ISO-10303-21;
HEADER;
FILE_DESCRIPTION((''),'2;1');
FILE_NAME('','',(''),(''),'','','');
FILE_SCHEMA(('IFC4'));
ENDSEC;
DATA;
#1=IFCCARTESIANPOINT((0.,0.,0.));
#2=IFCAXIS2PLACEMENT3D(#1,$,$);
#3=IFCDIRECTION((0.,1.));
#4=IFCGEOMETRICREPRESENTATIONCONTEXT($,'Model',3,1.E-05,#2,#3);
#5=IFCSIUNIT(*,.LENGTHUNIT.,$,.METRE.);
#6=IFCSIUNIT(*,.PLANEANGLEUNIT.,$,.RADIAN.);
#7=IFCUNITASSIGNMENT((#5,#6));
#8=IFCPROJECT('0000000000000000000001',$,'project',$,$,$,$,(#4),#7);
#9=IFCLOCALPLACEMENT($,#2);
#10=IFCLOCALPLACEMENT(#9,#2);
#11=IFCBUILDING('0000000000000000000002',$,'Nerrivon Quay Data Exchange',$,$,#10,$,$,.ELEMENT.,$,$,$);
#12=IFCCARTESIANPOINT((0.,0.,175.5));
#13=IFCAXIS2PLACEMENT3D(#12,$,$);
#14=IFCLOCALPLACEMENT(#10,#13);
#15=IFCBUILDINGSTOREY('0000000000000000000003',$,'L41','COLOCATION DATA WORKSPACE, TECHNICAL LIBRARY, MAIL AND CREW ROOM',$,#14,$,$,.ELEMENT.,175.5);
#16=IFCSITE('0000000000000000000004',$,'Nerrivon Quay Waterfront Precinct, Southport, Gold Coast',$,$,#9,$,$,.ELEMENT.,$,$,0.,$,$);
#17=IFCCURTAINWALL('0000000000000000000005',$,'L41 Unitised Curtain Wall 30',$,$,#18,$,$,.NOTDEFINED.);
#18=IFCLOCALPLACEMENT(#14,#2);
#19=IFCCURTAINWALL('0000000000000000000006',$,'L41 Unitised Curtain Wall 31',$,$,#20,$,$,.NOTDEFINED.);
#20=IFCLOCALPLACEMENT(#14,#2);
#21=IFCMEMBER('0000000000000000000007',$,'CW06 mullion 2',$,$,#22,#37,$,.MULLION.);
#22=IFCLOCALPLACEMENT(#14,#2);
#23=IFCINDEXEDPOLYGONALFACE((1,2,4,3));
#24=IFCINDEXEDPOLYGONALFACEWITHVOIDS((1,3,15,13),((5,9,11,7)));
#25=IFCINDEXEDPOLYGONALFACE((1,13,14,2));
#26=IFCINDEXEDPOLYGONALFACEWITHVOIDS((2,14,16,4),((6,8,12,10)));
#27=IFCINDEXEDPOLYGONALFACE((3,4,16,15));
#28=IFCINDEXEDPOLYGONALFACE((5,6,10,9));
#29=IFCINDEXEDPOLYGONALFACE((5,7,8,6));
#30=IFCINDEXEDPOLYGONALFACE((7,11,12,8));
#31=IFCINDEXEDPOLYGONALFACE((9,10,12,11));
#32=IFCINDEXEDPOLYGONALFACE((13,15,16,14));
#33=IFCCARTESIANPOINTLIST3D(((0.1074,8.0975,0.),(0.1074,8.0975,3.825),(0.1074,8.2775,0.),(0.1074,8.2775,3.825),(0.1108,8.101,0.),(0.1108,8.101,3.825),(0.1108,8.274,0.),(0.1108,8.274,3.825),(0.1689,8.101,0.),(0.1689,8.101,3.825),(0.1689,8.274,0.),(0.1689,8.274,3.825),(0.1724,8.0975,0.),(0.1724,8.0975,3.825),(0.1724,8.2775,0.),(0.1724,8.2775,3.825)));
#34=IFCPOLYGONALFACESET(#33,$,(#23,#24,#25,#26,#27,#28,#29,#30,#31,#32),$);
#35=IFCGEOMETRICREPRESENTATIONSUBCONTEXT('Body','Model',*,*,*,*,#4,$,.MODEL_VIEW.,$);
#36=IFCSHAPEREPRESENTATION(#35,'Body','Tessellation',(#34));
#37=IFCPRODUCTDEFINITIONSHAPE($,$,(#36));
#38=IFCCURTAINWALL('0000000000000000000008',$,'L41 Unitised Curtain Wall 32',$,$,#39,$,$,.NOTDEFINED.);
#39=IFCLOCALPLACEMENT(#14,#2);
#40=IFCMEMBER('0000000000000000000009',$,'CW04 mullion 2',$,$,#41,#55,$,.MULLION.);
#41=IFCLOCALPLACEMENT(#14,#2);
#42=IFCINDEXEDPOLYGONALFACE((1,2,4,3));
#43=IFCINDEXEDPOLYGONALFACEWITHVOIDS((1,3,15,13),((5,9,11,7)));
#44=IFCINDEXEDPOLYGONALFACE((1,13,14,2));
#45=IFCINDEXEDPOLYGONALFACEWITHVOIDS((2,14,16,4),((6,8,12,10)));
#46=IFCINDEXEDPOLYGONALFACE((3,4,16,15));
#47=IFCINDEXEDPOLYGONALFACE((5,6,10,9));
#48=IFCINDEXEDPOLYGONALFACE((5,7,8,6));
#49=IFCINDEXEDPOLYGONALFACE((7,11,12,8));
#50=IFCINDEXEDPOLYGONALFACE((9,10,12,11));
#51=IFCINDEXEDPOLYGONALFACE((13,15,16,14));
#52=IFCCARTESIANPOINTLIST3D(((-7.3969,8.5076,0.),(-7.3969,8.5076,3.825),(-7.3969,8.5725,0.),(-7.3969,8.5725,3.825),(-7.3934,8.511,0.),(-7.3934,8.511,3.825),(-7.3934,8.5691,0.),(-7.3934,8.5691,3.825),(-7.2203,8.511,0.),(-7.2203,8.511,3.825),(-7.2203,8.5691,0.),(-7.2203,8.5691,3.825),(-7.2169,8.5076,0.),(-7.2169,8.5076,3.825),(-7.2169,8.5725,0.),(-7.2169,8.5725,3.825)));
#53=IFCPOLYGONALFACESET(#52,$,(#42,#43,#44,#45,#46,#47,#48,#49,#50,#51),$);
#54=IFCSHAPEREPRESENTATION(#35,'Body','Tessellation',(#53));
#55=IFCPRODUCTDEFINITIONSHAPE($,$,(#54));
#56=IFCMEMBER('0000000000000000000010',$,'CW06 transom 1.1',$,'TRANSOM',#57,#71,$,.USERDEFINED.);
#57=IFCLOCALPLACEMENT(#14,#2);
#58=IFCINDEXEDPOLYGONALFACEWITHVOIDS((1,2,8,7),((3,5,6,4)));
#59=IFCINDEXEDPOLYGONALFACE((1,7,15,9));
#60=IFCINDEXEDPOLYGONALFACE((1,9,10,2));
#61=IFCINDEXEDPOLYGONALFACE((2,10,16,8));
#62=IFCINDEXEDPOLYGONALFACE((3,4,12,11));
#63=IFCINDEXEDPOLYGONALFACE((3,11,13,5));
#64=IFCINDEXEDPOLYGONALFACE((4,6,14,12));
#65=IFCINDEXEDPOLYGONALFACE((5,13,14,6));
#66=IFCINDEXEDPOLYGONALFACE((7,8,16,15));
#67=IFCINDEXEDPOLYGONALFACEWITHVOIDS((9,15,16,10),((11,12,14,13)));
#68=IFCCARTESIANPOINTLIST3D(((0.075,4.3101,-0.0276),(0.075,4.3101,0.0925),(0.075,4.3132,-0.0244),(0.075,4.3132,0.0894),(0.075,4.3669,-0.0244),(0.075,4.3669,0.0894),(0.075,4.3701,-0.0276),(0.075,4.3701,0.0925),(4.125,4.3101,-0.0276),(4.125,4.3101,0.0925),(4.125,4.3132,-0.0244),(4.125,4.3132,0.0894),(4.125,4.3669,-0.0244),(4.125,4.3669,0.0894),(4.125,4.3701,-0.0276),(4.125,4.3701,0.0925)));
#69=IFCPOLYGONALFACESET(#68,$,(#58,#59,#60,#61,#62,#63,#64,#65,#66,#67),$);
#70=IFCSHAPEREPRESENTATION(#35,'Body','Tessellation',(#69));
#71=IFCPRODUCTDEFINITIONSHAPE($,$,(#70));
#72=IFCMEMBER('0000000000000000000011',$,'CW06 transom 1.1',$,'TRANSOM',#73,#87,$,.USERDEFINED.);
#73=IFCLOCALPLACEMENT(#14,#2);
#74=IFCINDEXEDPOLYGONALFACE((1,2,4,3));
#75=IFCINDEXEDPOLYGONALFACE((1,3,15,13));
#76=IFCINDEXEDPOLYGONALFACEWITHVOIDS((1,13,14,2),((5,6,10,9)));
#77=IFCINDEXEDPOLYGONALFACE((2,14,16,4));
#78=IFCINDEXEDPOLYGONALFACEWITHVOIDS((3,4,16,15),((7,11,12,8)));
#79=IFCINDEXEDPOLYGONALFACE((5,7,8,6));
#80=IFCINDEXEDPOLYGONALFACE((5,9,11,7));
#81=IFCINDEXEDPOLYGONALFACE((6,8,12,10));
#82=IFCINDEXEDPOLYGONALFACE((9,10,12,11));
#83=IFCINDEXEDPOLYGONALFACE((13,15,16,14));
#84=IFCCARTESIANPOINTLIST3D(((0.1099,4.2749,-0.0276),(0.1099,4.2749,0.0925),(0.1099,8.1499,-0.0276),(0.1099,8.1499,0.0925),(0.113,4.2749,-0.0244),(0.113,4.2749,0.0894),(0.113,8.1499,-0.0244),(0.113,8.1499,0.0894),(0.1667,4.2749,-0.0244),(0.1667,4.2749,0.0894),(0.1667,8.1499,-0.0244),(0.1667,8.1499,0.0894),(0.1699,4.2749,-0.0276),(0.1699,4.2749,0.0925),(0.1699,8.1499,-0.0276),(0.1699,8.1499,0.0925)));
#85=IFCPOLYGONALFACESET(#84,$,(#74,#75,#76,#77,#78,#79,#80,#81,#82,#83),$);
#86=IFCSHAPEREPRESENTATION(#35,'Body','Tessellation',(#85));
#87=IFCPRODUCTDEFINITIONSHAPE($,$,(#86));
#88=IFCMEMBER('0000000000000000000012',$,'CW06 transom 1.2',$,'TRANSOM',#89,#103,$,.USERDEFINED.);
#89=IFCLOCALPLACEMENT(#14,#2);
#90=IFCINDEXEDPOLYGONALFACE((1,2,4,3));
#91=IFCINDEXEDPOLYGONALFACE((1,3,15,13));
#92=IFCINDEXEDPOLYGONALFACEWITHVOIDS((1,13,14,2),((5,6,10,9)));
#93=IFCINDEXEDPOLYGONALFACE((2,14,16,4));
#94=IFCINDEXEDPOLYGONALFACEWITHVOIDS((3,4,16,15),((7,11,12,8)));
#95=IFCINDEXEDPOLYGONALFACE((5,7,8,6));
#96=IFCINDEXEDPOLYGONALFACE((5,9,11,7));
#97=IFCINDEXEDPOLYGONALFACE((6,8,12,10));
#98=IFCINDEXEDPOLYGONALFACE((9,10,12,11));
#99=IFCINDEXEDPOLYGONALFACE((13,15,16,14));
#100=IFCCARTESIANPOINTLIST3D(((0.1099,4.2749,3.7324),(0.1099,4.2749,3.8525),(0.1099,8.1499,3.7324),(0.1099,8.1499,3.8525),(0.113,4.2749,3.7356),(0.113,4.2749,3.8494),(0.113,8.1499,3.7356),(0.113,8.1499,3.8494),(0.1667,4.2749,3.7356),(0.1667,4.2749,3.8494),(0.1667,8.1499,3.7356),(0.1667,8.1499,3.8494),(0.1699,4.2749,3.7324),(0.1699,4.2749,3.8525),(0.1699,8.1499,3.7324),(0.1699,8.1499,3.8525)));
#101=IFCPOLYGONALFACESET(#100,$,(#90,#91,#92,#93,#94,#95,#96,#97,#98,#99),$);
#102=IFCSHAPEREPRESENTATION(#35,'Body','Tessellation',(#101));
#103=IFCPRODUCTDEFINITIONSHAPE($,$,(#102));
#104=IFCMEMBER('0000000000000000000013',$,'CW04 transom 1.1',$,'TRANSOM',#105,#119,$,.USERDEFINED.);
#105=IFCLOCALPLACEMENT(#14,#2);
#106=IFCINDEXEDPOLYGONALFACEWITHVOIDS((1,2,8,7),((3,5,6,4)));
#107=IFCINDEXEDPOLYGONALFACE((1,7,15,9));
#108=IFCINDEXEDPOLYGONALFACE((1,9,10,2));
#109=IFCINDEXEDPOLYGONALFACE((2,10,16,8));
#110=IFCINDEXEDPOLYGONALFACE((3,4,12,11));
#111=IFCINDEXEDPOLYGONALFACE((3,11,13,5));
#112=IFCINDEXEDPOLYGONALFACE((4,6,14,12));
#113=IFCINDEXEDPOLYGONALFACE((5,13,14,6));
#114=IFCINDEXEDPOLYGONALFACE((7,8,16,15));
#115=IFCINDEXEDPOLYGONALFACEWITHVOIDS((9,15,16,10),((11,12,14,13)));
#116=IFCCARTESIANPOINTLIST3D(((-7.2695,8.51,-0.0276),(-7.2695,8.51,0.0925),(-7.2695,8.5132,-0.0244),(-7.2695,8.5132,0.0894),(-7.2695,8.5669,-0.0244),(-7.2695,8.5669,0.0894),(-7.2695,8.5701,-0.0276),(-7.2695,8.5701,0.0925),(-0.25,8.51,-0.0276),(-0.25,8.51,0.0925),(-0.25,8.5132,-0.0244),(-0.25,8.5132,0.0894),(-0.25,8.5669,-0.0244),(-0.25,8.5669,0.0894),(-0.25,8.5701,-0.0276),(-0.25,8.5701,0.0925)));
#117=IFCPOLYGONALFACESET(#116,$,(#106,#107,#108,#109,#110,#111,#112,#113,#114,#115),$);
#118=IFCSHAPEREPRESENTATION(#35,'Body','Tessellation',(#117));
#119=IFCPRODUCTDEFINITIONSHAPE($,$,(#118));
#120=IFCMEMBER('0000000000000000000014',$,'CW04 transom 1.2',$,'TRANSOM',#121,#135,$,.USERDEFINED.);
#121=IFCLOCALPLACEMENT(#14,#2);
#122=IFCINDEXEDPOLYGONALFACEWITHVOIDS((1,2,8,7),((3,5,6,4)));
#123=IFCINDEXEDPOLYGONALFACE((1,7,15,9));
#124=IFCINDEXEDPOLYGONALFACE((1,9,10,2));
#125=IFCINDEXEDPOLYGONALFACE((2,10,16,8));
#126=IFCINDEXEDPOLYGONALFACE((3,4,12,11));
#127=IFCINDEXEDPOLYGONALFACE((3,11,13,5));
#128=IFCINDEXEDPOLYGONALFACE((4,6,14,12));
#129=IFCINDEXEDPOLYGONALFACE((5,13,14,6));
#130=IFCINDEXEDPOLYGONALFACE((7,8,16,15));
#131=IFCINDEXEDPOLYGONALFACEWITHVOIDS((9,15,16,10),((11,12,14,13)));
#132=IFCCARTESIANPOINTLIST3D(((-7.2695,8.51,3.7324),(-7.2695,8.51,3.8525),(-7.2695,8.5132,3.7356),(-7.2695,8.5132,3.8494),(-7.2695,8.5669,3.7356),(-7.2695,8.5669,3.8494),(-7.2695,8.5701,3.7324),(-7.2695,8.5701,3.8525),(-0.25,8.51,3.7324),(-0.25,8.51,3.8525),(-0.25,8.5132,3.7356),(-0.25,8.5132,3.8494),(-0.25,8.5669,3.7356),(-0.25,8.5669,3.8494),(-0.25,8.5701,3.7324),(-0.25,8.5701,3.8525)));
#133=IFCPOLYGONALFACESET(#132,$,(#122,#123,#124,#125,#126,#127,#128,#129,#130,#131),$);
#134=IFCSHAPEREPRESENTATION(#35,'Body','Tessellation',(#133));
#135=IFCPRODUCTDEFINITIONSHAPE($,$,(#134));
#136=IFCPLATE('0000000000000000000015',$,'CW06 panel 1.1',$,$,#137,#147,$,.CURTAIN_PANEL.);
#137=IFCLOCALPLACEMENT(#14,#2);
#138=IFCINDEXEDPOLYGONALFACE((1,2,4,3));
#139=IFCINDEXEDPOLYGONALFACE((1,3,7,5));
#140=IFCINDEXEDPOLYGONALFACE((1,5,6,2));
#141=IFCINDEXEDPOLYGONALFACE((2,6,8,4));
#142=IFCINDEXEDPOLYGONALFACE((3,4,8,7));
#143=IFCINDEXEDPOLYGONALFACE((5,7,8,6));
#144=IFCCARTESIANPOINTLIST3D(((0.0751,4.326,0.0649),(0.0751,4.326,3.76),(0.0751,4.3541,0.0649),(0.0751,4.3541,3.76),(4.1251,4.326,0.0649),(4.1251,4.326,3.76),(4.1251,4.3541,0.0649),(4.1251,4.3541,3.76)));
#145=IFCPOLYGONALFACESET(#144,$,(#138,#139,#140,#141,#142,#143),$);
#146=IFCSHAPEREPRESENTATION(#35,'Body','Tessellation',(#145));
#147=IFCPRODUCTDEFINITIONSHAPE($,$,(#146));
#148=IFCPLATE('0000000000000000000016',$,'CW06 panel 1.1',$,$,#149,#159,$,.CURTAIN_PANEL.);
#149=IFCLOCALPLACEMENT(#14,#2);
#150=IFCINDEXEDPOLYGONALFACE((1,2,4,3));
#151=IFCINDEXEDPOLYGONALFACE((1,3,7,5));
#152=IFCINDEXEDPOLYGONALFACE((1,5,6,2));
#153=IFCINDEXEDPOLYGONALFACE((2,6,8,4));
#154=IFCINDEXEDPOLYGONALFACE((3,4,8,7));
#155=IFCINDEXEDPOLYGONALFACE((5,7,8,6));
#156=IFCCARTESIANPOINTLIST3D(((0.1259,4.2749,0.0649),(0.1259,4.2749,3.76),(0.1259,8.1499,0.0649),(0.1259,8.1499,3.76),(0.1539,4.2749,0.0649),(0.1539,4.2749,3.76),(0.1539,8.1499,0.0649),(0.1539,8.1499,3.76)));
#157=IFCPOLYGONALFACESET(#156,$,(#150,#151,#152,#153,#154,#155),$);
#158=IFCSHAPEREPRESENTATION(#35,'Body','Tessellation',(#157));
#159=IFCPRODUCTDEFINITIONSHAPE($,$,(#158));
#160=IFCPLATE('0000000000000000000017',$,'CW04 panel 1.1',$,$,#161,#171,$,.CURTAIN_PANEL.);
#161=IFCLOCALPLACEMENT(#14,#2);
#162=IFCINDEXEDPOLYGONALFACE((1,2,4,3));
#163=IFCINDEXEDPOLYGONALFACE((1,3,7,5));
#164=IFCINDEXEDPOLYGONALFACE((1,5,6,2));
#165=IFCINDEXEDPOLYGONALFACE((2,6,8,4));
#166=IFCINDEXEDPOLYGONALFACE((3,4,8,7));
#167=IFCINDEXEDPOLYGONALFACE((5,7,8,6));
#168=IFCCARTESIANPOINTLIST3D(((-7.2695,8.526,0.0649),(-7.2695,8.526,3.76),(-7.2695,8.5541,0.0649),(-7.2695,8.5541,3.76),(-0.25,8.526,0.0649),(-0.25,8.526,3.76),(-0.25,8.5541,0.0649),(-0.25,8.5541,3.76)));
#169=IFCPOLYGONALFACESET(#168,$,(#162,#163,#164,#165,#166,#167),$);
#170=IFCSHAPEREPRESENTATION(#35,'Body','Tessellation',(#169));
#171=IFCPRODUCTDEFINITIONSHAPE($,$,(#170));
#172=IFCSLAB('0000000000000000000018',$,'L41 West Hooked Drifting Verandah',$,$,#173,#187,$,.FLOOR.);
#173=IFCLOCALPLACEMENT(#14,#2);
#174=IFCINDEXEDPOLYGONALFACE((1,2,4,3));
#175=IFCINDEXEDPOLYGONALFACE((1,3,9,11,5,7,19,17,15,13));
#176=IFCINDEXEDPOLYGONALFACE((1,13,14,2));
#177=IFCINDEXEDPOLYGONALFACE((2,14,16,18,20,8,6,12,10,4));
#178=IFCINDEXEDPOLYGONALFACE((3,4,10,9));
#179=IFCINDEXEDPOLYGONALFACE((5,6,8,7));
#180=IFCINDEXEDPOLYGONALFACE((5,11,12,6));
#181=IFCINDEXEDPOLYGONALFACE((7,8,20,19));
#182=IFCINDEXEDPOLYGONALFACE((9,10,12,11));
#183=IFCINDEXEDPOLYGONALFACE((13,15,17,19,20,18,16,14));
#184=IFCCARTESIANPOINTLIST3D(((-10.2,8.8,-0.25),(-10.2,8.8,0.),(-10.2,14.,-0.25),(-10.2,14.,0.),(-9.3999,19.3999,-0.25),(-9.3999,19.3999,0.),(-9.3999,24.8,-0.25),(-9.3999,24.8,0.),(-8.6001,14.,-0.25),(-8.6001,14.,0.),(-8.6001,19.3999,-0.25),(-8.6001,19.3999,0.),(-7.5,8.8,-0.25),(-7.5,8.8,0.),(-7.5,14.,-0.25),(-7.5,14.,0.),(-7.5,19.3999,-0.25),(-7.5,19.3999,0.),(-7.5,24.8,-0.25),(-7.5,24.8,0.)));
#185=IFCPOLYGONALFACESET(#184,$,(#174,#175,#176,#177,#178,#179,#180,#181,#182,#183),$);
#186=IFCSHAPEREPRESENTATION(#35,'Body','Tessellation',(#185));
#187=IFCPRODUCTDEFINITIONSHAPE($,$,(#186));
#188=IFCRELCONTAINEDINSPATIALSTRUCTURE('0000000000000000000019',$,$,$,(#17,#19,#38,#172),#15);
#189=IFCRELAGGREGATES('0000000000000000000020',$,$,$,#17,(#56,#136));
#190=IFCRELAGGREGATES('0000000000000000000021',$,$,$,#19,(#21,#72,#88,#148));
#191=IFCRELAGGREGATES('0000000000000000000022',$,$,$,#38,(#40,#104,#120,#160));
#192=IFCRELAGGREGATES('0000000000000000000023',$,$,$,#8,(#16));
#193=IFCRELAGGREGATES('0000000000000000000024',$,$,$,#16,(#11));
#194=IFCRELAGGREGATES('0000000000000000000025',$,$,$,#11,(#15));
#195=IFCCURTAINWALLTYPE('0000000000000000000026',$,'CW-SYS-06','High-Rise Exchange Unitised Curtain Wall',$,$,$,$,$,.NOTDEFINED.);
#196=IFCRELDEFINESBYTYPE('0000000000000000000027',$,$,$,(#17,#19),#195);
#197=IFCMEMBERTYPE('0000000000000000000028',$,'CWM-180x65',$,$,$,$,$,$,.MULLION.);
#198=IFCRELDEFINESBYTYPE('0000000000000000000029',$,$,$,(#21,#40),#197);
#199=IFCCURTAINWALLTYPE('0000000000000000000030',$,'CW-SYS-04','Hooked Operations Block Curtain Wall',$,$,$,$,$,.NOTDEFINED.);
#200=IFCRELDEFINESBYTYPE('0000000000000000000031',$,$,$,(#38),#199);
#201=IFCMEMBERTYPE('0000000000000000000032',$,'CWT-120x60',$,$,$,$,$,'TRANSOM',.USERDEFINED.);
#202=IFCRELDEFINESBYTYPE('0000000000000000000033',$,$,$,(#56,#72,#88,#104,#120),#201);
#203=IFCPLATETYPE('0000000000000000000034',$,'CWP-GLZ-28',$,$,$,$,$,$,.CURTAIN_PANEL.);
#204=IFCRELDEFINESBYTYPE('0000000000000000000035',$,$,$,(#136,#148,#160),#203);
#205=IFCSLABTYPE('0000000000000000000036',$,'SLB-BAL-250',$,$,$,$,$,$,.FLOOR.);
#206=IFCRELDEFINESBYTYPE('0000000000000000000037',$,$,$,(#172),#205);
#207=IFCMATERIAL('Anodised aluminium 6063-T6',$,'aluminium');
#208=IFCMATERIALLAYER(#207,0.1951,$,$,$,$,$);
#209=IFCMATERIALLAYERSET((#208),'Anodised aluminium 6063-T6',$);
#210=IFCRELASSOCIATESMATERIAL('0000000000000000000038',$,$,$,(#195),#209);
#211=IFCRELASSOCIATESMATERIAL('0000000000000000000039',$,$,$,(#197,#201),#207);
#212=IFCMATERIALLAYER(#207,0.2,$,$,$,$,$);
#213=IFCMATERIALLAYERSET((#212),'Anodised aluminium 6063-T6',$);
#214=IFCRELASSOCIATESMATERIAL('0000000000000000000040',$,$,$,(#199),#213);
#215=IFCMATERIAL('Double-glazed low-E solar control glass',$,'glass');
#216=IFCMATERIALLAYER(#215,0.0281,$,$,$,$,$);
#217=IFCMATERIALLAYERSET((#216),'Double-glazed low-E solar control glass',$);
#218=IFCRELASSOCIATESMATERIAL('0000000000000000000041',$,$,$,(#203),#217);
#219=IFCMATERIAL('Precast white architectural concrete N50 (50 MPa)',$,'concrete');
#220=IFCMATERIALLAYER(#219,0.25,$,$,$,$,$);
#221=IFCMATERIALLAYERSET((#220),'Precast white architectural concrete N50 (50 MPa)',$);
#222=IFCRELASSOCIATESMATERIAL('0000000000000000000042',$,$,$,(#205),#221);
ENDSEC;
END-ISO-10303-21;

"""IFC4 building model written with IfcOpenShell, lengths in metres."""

from ifc_helpers import new_model, si_unit, direction, frame, origin, origin_2d, place, context, subcontext, project, spatial, polyline, rectangle, hollow_rectangle, outline, extrude, material, layer, layer_set, material_profile, profile_set, type_object, element, aggregate, save


model = new_model("IFC4")

# Units and contexts
model_context = context("Model", 3, precision=1e-05, world=origin(), true_north=direction((0.0, 1.0)))
body_context = subcontext(model_context, "Body", "Model", "MODEL_VIEW")
ifc_project = project(units=[si_unit("LENGTHUNIT", "METRE"), si_unit("PLANEANGLEUNIT", "RADIAN")], contexts=[model_context])

# Site, building, storey
site_placement = place(None, origin())
site = spatial("IfcSite", under=ifc_project, at=site_placement, Name="Nerrivon Quay Waterfront Precinct, Southport, Gold Coast", CompositionType="ELEMENT", RefElevation=0.0)
building_placement = place(site_placement, origin())
building = spatial("IfcBuilding", under=site, at=building_placement, Name="Nerrivon Quay Data Exchange", CompositionType="ELEMENT")
storey_placement = place(building_placement, frame((0.0, 0.0, 175.5)))
storey = spatial("IfcBuildingStorey", under=building, at=storey_placement, Name="L41", Description="COLOCATION DATA WORKSPACE, TECHNICAL LIBRARY, MAIL AND CREW ROOM", CompositionType="ELEMENT", Elevation=175.5)

# Curtain wall
ifc_material_1 = material(Name="Anodised aluminium 6063-T6", Category="aluminium")
ifc_layer_1 = layer(ifc_material_1, 0.1951)
ifc_layer_set_1 = layer_set([ifc_layer_1], Name="Anodised aluminium 6063-T6")
curtain_wall_type_1 = type_object("IfcCurtainWallType", Name="CW-SYS-06", Description="High-Rise Exchange Unitised Curtain Wall", PredefinedType="NOTDEFINED", material=ifc_layer_set_1)
curtain_wall_1_placement = place(storey_placement, origin())
curtain_wall_1 = element("IfcCurtainWall", 1, at=curtain_wall_1_placement, inside=storey, type_object=curtain_wall_type_1, Name="L41 Unitised Curtain Wall 30", PredefinedType="NOTDEFINED")
ifc_material_profile_1 = material_profile(ifc_material_1, hollow_rectangle(XDim=0.0649, YDim=0.1799, WallThickness=0.0034, at=origin_2d()), Name="ALU-MULL-180x65")
ifc_profile_set_1 = profile_set([ifc_material_profile_1], Name="Anodised aluminium 6063-T6")
member_type_1 = type_object("IfcMemberType", Name="CWM-180x65", PredefinedType="MULLION", material=ifc_profile_set_1)

# Curtain wall, member
curtain_wall_2_placement = place(storey_placement, origin())
curtain_wall_2 = element("IfcCurtainWall", 2, at=curtain_wall_2_placement, inside=storey, type_object=curtain_wall_type_1, Name="L41 Unitised Curtain Wall 31", PredefinedType="NOTDEFINED")
member_1_placement = place(storey_placement, frame((0.1399, 8.1875, 0.0), z_axis=(0.0, 0.0, 1.0), x_axis=(-1.0, 0.0, 0.0)))
member_1 = element("IfcMember", 3, at=member_1_placement, type_object=member_type_1, Name="CW06 mullion 2", PredefinedType="MULLION", context=body_context, shape_type="SweptSolid", body=[
    extrude(hollow_rectangle(XDim=0.0649, YDim=0.1799, WallThickness=0.0034, at=origin_2d()), origin(), (0.0, 0.0, 1.0), 3.825),
])

# Curtain wall, member
ifc_layer_2 = layer(ifc_material_1, 0.2)
ifc_layer_set_2 = layer_set([ifc_layer_2], Name="Anodised aluminium 6063-T6")
curtain_wall_type_2 = type_object("IfcCurtainWallType", Name="CW-SYS-04", Description="Hooked Operations Block Curtain Wall", PredefinedType="NOTDEFINED", material=ifc_layer_set_2)
curtain_wall_3_placement = place(storey_placement, origin())
curtain_wall_3 = element("IfcCurtainWall", 4, at=curtain_wall_3_placement, inside=storey, type_object=curtain_wall_type_2, Name="L41 Unitised Curtain Wall 32", PredefinedType="NOTDEFINED")
member_2_placement = place(storey_placement, frame((-7.3069, 8.54, 0.0), z_axis=(0.0, 0.0, 1.0), x_axis=(0.0, -1.0, 0.0)))
member_2 = element("IfcMember", 5, at=member_2_placement, type_object=member_type_1, Name="CW04 mullion 2", PredefinedType="MULLION", context=body_context, shape_type="SweptSolid", body=[
    extrude(hollow_rectangle(XDim=0.0649, YDim=0.1799, WallThickness=0.0034, at=origin_2d()), origin(), (0.0, 0.0, 1.0), 3.825),
])

# Members
ifc_material_profile_2 = material_profile(ifc_material_1, hollow_rectangle(XDim=0.0601, YDim=0.1201, WallThickness=0.0032, at=origin_2d()), Name="ALU-TRAN-120x60")
ifc_profile_set_2 = profile_set([ifc_material_profile_2], Name="Anodised aluminium 6063-T6")
member_type_2 = type_object("IfcMemberType", Name="CWT-120x60", ElementType="TRANSOM", PredefinedType="USERDEFINED", material=ifc_profile_set_2)
member_3_placement = place(storey_placement, frame((4.125, 4.3401, 0.0325), z_axis=(-1.0, 0.0, 0.0), x_axis=(0.0, -1.0, 0.0)))
member_3 = element("IfcMember", 6, at=member_3_placement, type_object=member_type_2, Name="CW06 transom 1.1", ObjectType="TRANSOM", PredefinedType="USERDEFINED", context=body_context, shape_type="SweptSolid", body=[
    extrude(hollow_rectangle(XDim=0.0601, YDim=0.1201, WallThickness=0.0032, at=origin_2d()), origin(), (0.0, 0.0, 1.0), 4.05),
])
member_4_placement = place(storey_placement, frame((0.1399, 4.2749, 0.0325), z_axis=(0.0, 1.0, 0.0), x_axis=(-1.0, 0.0, 0.0)))
member_4 = element("IfcMember", 7, at=member_4_placement, type_object=member_type_2, Name="CW06 transom 1.1", ObjectType="TRANSOM", PredefinedType="USERDEFINED", context=body_context, shape_type="SweptSolid", body=[
    extrude(hollow_rectangle(XDim=0.0601, YDim=0.1201, WallThickness=0.0032, at=origin_2d()), origin(), (0.0, 0.0, 1.0), 3.875),
])
member_5_placement = place(storey_placement, frame((0.1399, 4.2749, 3.7925), z_axis=(0.0, 1.0, 0.0), x_axis=(-1.0, 0.0, 0.0)))
member_5 = element("IfcMember", 8, at=member_5_placement, type_object=member_type_2, Name="CW06 transom 1.2", ObjectType="TRANSOM", PredefinedType="USERDEFINED", context=body_context, shape_type="SweptSolid", body=[
    extrude(hollow_rectangle(XDim=0.0601, YDim=0.1201, WallThickness=0.0032, at=origin_2d()), origin(), (0.0, 0.0, 1.0), 3.875),
])
member_6_placement = place(storey_placement, frame((-0.25, 8.54, 0.0325), z_axis=(-1.0, 0.0, 0.0), x_axis=(0.0, -1.0, 0.0)))
member_6 = element("IfcMember", 9, at=member_6_placement, type_object=member_type_2, Name="CW04 transom 1.1", ObjectType="TRANSOM", PredefinedType="USERDEFINED", context=body_context, shape_type="SweptSolid", body=[
    extrude(hollow_rectangle(XDim=0.0601, YDim=0.1201, WallThickness=0.0032, at=origin_2d()), origin(), (0.0, 0.0, 1.0), 7.0195),
])
member_7_placement = place(storey_placement, frame((-0.25, 8.54, 3.7925), z_axis=(-1.0, 0.0, 0.0), x_axis=(0.0, -1.0, 0.0)))
member_7 = element("IfcMember", 10, at=member_7_placement, type_object=member_type_2, Name="CW04 transom 1.2", ObjectType="TRANSOM", PredefinedType="USERDEFINED", context=body_context, shape_type="SweptSolid", body=[
    extrude(hollow_rectangle(XDim=0.0601, YDim=0.1201, WallThickness=0.0032, at=origin_2d()), origin(), (0.0, 0.0, 1.0), 7.0195),
])

# Plates
ifc_material_2 = material(Name="Double-glazed low-E solar control glass", Category="glass")
ifc_layer_3 = layer(ifc_material_2, 0.0281)
ifc_layer_set_3 = layer_set([ifc_layer_3], Name="Double-glazed low-E solar control glass")
plate_type = type_object("IfcPlateType", Name="CWP-GLZ-28", PredefinedType="CURTAIN_PANEL", material=ifc_layer_set_3)
plate_1_placement = place(storey_placement, frame((2.1001, 4.3401, 0.0649), z_axis=(0.0, 0.0, 1.0), x_axis=(-1.0, 0.0, 0.0)))
plate_1 = element("IfcPlate", 11, at=plate_1_placement, type_object=plate_type, Name="CW06 panel 1.1", PredefinedType="CURTAIN_PANEL", context=body_context, shape_type="SweptSolid", body=[
    extrude(rectangle(XDim=4.05, YDim=0.0281, at=origin_2d()), origin(), (0.0, 0.0, 1.0), 3.6951),
])
aggregate(curtain_wall_1, [member_3, plate_1])
plate_2_placement = place(storey_placement, frame((0.1399, 6.2124, 0.0649), z_axis=(0.0, 0.0, 1.0), x_axis=(0.0, 1.0, 0.0)))
plate_2 = element("IfcPlate", 12, at=plate_2_placement, type_object=plate_type, Name="CW06 panel 1.1", PredefinedType="CURTAIN_PANEL", context=body_context, shape_type="SweptSolid", body=[
    extrude(rectangle(XDim=3.875, YDim=0.0281, at=origin_2d()), origin(), (0.0, 0.0, 1.0), 3.6951),
])
aggregate(curtain_wall_2, [member_1, member_4, member_5, plate_2])
plate_3_placement = place(storey_placement, frame((-3.7598, 8.54, 0.0649), z_axis=(0.0, 0.0, 1.0), x_axis=(-1.0, 0.0, 0.0)))
plate_3 = element("IfcPlate", 13, at=plate_3_placement, type_object=plate_type, Name="CW04 panel 1.1", PredefinedType="CURTAIN_PANEL", context=body_context, shape_type="SweptSolid", body=[
    extrude(rectangle(XDim=7.0195, YDim=0.0281, at=origin_2d()), origin(), (0.0, 0.0, 1.0), 3.6951),
])
aggregate(curtain_wall_3, [member_2, member_6, member_7, plate_3])

# Slab
ifc_material_3 = material(Name="Precast white architectural concrete N50 (50 MPa)", Category="concrete")
ifc_layer_4 = layer(ifc_material_3, 0.25)
ifc_layer_set_4 = layer_set([ifc_layer_4], Name="Precast white architectural concrete N50 (50 MPa)")
slab_type_1 = type_object("IfcSlabType", Name="SLB-BAL-250", PredefinedType="FLOOR", material=ifc_layer_set_4)
slab_1_placement = place(storey_placement, frame((0.0, 0.0, -0.25)))
element("IfcSlab", 14, at=slab_1_placement, inside=storey, type_object=slab_type_1, Name="L41 West Hooked Drifting Verandah", PredefinedType="FLOOR", context=body_context, shape_type="SweptSolid", body=[
    extrude(outline(polyline([(-7.5, 14.0), (-7.5, 19.3999), (-7.5, 24.8), (-9.3999, 24.8), (-9.3999, 19.3999), (-8.6001, 19.3999), (-8.6001, 14.0), (-10.2, 14.0), (-10.2, 8.8), (-7.5, 8.8), (-7.5, 14.0)])), origin(), (0.0, 0.0, 1.0), 0.25),
])

save(model, "model.ifc")
